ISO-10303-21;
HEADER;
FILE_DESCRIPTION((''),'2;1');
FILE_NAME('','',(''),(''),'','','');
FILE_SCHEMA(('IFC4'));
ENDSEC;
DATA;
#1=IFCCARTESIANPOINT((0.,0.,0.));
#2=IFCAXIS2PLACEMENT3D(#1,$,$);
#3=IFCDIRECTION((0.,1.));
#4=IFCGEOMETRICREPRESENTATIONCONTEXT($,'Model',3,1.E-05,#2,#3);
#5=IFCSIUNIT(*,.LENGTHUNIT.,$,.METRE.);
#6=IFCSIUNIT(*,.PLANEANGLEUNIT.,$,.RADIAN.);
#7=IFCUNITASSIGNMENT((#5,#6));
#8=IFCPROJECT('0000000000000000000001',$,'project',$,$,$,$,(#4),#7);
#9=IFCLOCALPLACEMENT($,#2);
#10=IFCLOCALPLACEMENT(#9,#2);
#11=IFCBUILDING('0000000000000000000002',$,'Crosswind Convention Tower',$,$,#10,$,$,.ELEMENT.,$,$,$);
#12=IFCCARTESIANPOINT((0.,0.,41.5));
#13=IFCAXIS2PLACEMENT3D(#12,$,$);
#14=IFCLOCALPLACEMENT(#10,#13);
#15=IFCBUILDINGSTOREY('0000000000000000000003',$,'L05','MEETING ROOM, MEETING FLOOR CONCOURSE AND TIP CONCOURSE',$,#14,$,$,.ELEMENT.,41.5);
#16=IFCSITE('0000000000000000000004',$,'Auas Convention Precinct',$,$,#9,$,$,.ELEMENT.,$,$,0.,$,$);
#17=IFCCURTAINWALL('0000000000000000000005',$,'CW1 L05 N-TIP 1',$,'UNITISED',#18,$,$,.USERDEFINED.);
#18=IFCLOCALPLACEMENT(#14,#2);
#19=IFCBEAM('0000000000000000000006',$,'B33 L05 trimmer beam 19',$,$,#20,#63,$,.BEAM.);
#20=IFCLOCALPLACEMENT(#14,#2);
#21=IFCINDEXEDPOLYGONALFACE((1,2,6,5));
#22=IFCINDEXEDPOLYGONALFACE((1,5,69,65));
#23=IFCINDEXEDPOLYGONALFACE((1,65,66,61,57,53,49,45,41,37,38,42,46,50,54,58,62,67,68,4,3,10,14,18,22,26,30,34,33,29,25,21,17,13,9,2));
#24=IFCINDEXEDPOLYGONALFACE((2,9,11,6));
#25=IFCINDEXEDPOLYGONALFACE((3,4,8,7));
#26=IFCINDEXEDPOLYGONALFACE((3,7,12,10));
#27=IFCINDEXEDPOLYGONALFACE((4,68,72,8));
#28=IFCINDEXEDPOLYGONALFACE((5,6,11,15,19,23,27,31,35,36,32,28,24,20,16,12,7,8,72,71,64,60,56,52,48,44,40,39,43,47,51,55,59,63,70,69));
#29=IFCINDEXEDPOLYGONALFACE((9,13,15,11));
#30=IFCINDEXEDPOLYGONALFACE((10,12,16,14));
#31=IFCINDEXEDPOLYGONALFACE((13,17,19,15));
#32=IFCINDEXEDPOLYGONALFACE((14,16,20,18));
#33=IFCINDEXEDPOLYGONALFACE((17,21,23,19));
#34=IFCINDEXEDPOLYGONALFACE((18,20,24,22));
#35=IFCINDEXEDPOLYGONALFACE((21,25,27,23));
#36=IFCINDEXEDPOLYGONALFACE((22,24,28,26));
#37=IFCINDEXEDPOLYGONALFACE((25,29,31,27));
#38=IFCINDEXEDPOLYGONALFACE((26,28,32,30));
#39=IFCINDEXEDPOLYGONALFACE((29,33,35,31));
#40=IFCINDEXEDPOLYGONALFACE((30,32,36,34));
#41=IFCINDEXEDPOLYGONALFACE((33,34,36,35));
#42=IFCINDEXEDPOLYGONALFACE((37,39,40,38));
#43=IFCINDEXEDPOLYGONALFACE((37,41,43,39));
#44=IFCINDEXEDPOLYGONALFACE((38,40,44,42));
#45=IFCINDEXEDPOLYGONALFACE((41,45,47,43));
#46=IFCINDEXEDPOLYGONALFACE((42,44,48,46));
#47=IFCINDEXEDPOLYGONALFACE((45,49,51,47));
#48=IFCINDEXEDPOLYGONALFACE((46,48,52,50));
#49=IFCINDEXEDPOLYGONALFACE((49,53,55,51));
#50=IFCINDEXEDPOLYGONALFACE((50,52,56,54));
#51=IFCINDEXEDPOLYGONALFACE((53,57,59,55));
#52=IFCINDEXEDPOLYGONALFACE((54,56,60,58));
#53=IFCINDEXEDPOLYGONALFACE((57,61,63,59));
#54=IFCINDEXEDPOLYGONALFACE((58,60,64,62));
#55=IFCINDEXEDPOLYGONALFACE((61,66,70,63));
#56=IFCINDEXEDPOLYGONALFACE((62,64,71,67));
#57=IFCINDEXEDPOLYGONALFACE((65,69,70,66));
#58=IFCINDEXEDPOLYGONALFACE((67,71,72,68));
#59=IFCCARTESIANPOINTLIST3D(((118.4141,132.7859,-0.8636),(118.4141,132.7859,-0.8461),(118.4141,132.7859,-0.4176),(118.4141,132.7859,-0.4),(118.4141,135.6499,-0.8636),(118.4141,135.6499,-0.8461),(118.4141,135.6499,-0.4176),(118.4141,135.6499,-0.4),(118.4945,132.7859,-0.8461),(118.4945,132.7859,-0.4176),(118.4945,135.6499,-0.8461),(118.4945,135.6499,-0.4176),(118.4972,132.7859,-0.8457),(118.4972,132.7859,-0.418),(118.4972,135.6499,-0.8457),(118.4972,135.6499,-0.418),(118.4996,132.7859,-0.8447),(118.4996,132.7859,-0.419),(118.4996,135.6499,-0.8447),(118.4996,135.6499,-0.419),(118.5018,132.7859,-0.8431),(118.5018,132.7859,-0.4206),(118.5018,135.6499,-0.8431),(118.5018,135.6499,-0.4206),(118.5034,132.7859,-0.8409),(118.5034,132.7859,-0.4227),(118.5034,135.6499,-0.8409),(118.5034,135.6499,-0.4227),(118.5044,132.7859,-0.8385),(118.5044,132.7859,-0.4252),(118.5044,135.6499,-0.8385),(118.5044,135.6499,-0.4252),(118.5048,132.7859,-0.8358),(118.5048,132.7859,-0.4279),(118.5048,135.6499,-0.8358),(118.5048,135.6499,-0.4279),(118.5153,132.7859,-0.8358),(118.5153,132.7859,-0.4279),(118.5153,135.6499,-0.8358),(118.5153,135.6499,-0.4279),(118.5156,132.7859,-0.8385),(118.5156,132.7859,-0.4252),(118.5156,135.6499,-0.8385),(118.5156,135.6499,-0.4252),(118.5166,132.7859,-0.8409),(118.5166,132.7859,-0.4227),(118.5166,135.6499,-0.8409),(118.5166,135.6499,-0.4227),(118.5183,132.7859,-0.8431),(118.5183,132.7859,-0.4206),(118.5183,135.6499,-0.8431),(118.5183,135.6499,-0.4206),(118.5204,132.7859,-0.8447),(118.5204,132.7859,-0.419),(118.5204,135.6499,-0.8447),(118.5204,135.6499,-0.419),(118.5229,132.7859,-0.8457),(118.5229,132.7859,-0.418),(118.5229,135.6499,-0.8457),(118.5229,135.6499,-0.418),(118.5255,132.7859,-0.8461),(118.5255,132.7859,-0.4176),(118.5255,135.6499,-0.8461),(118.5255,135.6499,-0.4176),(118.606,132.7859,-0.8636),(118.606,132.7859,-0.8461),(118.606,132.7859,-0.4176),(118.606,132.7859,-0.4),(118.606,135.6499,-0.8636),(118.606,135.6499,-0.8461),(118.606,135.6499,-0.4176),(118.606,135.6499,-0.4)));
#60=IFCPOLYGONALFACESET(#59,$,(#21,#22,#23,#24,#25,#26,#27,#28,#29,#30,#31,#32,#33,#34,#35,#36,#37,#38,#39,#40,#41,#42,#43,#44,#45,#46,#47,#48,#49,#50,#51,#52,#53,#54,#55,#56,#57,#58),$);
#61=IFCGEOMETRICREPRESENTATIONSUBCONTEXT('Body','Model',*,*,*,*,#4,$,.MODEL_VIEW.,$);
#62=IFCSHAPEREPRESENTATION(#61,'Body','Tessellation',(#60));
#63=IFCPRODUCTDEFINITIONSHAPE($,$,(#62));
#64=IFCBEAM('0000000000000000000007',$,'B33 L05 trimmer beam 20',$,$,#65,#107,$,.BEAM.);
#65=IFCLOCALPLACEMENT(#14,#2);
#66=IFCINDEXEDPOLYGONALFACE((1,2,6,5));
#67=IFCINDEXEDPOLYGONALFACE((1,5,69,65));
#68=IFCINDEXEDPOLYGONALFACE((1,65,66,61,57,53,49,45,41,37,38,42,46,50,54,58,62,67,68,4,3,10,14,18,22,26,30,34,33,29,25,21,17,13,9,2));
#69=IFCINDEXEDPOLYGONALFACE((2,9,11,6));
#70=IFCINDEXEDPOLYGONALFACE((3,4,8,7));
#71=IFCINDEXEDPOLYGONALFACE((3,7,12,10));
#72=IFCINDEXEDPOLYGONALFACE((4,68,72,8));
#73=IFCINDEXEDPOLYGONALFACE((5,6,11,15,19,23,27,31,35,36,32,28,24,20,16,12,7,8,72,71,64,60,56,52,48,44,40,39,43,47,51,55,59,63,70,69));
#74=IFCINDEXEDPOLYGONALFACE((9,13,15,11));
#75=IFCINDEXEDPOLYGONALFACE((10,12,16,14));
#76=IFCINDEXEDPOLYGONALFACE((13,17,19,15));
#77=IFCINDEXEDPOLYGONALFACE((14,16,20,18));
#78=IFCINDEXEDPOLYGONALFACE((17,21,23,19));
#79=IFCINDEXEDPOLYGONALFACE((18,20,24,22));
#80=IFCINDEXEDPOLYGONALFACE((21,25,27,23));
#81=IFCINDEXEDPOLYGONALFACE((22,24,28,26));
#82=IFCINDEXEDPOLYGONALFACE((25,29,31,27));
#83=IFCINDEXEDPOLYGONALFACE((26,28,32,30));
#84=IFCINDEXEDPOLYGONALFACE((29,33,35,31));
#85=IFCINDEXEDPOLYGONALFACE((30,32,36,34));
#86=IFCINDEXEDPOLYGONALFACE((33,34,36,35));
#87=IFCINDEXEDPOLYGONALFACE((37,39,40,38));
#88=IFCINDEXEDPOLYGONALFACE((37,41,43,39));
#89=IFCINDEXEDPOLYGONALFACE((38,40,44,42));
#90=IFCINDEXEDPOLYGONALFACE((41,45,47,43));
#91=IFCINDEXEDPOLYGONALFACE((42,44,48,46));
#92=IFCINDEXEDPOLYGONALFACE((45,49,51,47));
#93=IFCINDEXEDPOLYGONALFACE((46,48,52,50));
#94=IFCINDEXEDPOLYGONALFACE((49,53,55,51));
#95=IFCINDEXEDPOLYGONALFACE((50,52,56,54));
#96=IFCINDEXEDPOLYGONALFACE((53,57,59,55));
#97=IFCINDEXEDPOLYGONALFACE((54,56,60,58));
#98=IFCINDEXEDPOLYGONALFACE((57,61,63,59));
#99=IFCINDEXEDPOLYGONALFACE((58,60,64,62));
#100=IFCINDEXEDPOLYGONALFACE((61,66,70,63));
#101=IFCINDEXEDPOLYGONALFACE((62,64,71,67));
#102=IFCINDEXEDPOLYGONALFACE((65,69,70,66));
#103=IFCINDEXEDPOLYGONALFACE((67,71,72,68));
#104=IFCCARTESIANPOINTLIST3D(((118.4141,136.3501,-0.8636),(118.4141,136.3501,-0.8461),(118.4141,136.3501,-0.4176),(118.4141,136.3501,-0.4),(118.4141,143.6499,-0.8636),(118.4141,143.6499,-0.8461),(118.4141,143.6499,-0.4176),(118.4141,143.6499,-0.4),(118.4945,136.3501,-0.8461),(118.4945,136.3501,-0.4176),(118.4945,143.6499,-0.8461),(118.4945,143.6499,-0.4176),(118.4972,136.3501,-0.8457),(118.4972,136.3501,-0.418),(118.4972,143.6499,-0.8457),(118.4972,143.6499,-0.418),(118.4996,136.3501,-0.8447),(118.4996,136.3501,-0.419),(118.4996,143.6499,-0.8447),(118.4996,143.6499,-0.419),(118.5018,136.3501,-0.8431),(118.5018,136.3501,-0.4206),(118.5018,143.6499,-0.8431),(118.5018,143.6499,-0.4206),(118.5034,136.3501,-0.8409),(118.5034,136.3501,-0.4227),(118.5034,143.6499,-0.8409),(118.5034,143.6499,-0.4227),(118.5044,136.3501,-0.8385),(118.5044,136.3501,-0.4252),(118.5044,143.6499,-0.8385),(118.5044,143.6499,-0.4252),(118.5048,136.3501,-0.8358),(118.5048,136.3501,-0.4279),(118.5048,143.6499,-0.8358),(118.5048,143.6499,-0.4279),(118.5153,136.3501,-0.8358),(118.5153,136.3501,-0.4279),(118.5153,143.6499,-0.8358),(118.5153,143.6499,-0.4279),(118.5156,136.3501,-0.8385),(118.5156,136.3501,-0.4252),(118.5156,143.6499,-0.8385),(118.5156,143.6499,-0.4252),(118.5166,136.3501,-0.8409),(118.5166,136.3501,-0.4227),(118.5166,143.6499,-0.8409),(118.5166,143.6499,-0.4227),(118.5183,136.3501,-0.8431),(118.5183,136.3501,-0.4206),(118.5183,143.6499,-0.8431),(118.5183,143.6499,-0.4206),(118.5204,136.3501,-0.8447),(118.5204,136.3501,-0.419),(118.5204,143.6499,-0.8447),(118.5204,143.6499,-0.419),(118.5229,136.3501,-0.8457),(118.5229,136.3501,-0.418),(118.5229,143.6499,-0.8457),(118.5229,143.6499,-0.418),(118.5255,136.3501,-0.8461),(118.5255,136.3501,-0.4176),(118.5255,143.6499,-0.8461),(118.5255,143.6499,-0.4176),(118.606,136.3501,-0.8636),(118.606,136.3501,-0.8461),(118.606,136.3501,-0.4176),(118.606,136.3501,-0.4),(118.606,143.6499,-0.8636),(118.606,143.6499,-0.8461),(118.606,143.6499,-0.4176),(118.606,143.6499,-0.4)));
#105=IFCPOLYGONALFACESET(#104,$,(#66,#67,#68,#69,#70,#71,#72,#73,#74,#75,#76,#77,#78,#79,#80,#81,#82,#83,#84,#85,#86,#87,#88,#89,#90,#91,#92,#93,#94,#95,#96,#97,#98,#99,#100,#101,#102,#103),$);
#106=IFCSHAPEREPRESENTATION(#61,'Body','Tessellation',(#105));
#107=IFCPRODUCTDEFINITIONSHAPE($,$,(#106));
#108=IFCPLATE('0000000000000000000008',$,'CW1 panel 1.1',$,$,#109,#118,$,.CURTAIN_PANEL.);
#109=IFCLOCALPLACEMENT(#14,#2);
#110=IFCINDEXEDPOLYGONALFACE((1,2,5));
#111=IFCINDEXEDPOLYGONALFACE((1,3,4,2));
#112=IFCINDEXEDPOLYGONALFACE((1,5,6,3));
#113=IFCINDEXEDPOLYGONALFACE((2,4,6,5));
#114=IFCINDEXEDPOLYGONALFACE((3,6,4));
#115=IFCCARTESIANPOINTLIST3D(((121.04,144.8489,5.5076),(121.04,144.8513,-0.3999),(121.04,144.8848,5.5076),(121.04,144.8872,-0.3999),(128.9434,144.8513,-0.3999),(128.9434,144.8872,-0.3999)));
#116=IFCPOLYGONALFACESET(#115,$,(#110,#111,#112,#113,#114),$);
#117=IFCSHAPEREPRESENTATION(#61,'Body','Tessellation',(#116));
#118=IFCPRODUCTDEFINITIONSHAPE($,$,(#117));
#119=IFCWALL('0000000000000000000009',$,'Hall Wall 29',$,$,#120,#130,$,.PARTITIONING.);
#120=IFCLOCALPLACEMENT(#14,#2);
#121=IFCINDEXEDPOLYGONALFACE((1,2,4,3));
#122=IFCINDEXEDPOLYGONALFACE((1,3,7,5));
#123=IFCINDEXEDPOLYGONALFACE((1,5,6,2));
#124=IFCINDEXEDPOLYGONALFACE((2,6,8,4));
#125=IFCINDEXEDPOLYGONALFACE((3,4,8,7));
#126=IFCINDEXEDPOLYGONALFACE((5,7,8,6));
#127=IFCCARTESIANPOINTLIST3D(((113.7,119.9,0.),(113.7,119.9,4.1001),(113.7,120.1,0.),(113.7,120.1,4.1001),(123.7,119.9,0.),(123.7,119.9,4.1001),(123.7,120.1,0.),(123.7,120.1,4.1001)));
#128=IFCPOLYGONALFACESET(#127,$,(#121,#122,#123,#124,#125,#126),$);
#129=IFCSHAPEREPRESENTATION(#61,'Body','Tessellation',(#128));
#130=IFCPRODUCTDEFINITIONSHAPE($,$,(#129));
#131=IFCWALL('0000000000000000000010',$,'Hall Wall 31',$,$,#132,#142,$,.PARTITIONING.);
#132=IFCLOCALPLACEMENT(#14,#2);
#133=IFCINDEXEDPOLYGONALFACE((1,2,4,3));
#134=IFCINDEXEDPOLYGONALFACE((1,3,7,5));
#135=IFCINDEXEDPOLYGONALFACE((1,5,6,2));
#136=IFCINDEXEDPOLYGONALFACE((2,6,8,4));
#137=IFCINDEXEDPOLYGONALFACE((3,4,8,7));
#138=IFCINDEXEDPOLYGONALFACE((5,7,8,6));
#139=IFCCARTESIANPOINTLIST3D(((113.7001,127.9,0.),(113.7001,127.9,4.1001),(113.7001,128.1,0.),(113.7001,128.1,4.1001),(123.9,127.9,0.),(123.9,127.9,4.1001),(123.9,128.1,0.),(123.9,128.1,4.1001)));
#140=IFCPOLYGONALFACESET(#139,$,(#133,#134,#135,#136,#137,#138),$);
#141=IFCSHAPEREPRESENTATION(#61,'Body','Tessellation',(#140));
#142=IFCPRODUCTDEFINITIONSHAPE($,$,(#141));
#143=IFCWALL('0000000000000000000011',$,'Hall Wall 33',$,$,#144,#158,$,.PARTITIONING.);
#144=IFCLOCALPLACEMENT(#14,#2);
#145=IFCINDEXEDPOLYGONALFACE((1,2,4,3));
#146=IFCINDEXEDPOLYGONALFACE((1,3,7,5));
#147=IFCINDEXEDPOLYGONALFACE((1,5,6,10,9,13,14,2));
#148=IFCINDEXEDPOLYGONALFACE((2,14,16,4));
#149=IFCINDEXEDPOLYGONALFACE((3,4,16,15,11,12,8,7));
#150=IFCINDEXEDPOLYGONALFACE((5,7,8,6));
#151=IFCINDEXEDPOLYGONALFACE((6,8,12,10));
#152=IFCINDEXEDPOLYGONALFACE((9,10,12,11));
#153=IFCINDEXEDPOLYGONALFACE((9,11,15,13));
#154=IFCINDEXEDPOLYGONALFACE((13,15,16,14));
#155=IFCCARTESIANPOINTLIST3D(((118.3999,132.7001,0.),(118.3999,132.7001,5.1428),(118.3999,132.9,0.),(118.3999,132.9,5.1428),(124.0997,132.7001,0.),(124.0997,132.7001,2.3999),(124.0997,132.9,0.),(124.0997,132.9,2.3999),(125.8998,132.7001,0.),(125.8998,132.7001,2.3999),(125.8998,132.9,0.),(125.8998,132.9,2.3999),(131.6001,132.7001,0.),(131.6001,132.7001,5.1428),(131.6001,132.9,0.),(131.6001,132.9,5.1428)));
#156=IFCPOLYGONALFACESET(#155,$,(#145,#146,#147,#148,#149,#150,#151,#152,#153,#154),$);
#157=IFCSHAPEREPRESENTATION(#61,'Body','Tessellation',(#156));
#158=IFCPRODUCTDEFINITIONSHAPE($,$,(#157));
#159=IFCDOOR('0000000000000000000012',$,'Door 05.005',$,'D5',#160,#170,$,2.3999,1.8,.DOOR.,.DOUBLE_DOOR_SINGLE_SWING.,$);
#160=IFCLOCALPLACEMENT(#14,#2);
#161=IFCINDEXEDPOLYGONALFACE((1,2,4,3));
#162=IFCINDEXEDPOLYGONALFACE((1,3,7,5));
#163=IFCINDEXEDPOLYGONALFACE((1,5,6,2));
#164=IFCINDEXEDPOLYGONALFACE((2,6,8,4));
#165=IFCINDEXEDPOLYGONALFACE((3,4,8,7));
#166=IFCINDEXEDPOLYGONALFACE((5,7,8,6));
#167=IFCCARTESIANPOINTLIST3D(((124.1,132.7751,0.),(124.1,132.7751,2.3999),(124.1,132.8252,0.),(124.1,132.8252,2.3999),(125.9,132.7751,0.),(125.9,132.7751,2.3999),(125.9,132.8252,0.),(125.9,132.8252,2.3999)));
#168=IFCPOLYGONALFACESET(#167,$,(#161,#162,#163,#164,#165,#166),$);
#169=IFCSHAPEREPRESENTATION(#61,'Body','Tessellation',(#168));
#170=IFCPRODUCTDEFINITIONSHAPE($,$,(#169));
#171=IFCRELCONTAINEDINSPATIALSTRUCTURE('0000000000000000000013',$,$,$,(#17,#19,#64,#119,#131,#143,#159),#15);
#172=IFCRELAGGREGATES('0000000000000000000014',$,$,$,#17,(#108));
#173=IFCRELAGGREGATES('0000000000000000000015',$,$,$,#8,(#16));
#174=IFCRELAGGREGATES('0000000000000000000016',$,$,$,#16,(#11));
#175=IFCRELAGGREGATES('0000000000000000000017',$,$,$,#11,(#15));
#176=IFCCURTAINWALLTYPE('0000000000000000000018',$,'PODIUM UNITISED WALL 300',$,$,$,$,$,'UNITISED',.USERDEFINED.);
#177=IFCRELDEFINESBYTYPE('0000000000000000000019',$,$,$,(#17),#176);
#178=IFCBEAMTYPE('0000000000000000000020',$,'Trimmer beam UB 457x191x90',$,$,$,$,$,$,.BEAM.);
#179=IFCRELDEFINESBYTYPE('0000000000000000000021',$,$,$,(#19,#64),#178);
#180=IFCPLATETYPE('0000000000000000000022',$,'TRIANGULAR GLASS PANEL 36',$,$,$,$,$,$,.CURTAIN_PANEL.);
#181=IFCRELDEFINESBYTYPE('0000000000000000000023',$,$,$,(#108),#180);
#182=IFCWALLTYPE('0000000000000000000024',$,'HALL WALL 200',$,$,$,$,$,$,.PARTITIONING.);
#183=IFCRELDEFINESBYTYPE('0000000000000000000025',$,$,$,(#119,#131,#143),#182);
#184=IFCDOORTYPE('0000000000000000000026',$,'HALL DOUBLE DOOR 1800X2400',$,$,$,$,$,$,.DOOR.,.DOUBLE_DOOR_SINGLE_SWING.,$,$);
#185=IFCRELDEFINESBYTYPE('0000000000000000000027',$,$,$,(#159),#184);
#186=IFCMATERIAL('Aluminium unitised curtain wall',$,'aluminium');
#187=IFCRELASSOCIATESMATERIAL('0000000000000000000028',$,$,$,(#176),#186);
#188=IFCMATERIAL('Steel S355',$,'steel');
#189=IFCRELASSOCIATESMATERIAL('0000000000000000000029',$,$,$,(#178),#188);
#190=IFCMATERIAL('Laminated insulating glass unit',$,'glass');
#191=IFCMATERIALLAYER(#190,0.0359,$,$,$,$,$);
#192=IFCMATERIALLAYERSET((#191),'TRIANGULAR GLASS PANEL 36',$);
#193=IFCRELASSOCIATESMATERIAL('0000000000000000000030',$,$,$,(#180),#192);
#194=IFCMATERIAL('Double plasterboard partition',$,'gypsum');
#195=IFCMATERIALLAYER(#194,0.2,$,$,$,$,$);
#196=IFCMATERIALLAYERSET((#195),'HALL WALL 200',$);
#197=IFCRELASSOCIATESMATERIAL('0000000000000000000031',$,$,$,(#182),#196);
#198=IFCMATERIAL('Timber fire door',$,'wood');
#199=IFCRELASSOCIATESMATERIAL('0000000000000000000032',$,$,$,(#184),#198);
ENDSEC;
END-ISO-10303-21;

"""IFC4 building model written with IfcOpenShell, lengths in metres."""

from ifc_helpers import new_model, si_unit, direction, frame, frame_2d, origin, origin_2d, place, context, subcontext, project, spatial, polyline, rectangle, i_section, outline, extrude, material, layer, layer_set, material_profile, profile_set, type_object, element, fill, aggregate, save


model = new_model("IFC4")

# Units and contexts
model_context = context("Model", 3, precision=1e-05, world=origin(), true_north=direction((0.0, 1.0)))
body_context = subcontext(model_context, "Body", "Model", "MODEL_VIEW")
ifc_project = project(units=[si_unit("LENGTHUNIT", "METRE"), si_unit("PLANEANGLEUNIT", "RADIAN")], contexts=[model_context])

# Site, building, storey
site_placement = place(None, origin())
site = spatial("IfcSite", under=ifc_project, at=site_placement, Name="Auas Convention Precinct", CompositionType="ELEMENT", RefElevation=0.0)
building_placement = place(site_placement, origin())
building = spatial("IfcBuilding", under=site, at=building_placement, Name="Crosswind Convention Tower", CompositionType="ELEMENT")
storey_placement = place(building_placement, frame((0.0, 0.0, 41.5)))
storey = spatial("IfcBuildingStorey", under=building, at=storey_placement, Name="L05", Description="MEETING ROOM, MEETING FLOOR CONCOURSE AND TIP CONCOURSE", CompositionType="ELEMENT", Elevation=41.5)

# Shared definitions
ifc_material_1 = material(Name="Steel S355", Category="steel")

# Curtain wall
ifc_material_2 = material(Name="Aluminium unitised curtain wall", Category="aluminium")
curtain_wall_type = type_object("IfcCurtainWallType", Name="PODIUM UNITISED WALL 300", ElementType="UNITISED", PredefinedType="USERDEFINED", material=ifc_material_2)
curtain_wall_placement = place(storey_placement, origin())
curtain_wall = element("IfcCurtainWall", 1, at=curtain_wall_placement, inside=storey, type_object=curtain_wall_type, Name="CW1 L05 N-TIP 1", ObjectType="UNITISED", PredefinedType="USERDEFINED")

# Beams
ifc_material_profile_1 = material_profile(ifc_material_1, i_section(OverallWidth=0.1919, OverallDepth=0.4636, WebThickness=0.0105, FlangeThickness=0.0176, FilletRadius=0.0103, at=origin_2d()), Name="UB 457x191x90")
ifc_profile_set_1 = profile_set([ifc_material_profile_1], Name="Steel S355")
beam_type_1 = type_object("IfcBeamType", Name="Trimmer beam UB 457x191x90", PredefinedType="BEAM", material=ifc_profile_set_1)
beam_1_placement = place(storey_placement, frame((118.51, 132.7859, -0.6318), z_axis=(0.0, 1.0, 0.0), x_axis=(-1.0, 0.0, 0.0)))
element("IfcBeam", 2, at=beam_1_placement, inside=storey, type_object=beam_type_1, Name="B33 L05 trimmer beam 19", PredefinedType="BEAM", context=body_context, shape_type="SweptSolid", body=[
    extrude(i_section(OverallWidth=0.1919, OverallDepth=0.4636, WebThickness=0.0105, FlangeThickness=0.0176, FilletRadius=0.0103, at=origin_2d()), origin(), (0.0, 0.0, 1.0), 2.864),
])
beam_2_placement = place(storey_placement, frame((118.51, 136.3501, -0.6318), z_axis=(0.0, 1.0, 0.0), x_axis=(-1.0, 0.0, 0.0)))
element("IfcBeam", 3, at=beam_2_placement, inside=storey, type_object=beam_type_1, Name="B33 L05 trimmer beam 20", PredefinedType="BEAM", context=body_context, shape_type="SweptSolid", body=[
    extrude(i_section(OverallWidth=0.1919, OverallDepth=0.4636, WebThickness=0.0105, FlangeThickness=0.0176, FilletRadius=0.0103, at=origin_2d()), origin(), (0.0, 0.0, 1.0), 7.2998),
])

# Plate
ifc_material_3 = material(Name="Laminated insulating glass unit", Category="glass")
ifc_layer_1 = layer(ifc_material_3, 0.0359)
ifc_layer_set_1 = layer_set([ifc_layer_1], Name="TRIANGULAR GLASS PANEL 36")
plate_type = type_object("IfcPlateType", Name="TRIANGULAR GLASS PANEL 36", PredefinedType="CURTAIN_PANEL", material=ifc_layer_set_1)
plate_placement = place(storey_placement, frame((121.04, 144.8872, -0.3999), z_axis=(0.0, 1.0, 0.000413), x_axis=(0.0, -0.000413, 1.0)))
plate = element("IfcPlate", 4, at=plate_placement, type_object=plate_type, Name="CW1 panel 1.1", PredefinedType="CURTAIN_PANEL", context=body_context, shape_type="SweptSolid", body=[
    extrude(outline(polyline([(0.0, 0.0), (5.9075, 0.0), (0.0, 7.9033), (0.0, 0.0)])), origin(), (0.0, 0.0, -1.0), 0.0359),
])
aggregate(curtain_wall, [plate])

# Walls
ifc_material_4 = material(Name="Double plasterboard partition", Category="gypsum")
ifc_layer_2 = layer(ifc_material_4, 0.2)
ifc_layer_set_2 = layer_set([ifc_layer_2], Name="HALL WALL 200")
wall_type_1 = type_object("IfcWallType", Name="HALL WALL 200", PredefinedType="PARTITIONING", material=ifc_layer_set_2)
wall_1_placement = place(storey_placement, frame((113.7, 120.0, 0.0), z_axis=(0.0, 0.0, 1.0), x_axis=(1.0, 0.0, 0.0)))
element("IfcWall", 5, at=wall_1_placement, inside=storey, type_object=wall_type_1, Name="Hall Wall 29", PredefinedType="PARTITIONING", context=body_context, shape_type="SweptSolid", body=[
    extrude(rectangle(XDim=10.0, YDim=0.2, at=frame_2d((5.0, 0.0))), origin(), (0.0, 0.0, 1.0), 4.1001),
])
wall_2_placement = place(storey_placement, frame((113.7, 128.0, 0.0), z_axis=(0.0, 0.0, 1.0), x_axis=(1.0, 0.0, 0.0)))
element("IfcWall", 6, at=wall_2_placement, inside=storey, type_object=wall_type_1, Name="Hall Wall 31", PredefinedType="PARTITIONING", context=body_context, shape_type="SweptSolid", body=[
    extrude(rectangle(XDim=10.2, YDim=0.2, at=frame_2d((5.1001, 0.0))), origin(), (0.0, 0.0, 1.0), 4.1001),
])

# Wall, opening, door
wall_3_placement = place(storey_placement, frame((118.3999, 132.8, 0.0), z_axis=(0.0, 0.0, 1.0), x_axis=(1.0, 0.0, 0.0)))
wall_3 = element("IfcWall", 7, at=wall_3_placement, inside=storey, type_object=wall_type_1, Name="Hall Wall 33", PredefinedType="PARTITIONING", context=body_context, shape_type="SweptSolid", body=[
    extrude(rectangle(XDim=13.2002, YDim=0.2, at=frame_2d((6.6001, 0.0))), origin(), (0.0, 0.0, 1.0), 5.1428),
])
opening_1_placement = place(wall_3_placement, frame((5.7, 0.0, 0.0)))
opening_1 = element("IfcOpeningElement", 8, at=opening_1_placement, cuts=wall_3, PredefinedType="OPENING", context=body_context, shape_type="SweptSolid", body=[
    extrude(rectangle(XDim=1.8, YDim=2.3999, at=frame_2d((0.8999, 1.2))), frame((0.0, 0.1099, 0.0), z_axis=(0.0, -1.0, 0.0), x_axis=(1.0, 0.0, 0.0)), (0.0, 0.0, 1.0), 0.22),
])
ifc_material_5 = material(Name="Timber fire door", Category="wood")
door_type_1 = type_object("IfcDoorType", Name="HALL DOUBLE DOOR 1800X2400", OperationType="DOUBLE_DOOR_SINGLE_SWING", PredefinedType="DOOR", material=ifc_material_5)
door_1_placement = place(opening_1_placement, frame((1.8, 0.0, 0.0), z_axis=(0.0, 0.0, 1.0), x_axis=(-1.0, 0.0, 0.0)))
door_1 = element("IfcDoor", 9, at=door_1_placement, inside=storey, type_object=door_type_1, Name="Door 05.005", ObjectType="D5", OperationType="DOUBLE_DOOR_SINGLE_SWING", OverallHeight=2.3999, OverallWidth=1.8, PredefinedType="DOOR", context=body_context, shape_type="SweptSolid", body=[
    extrude(rectangle(XDim=1.8, YDim=2.3999, at=frame_2d((0.8999, 1.2))), frame((0.0, 0.0249, 0.0), z_axis=(0.0, -1.0, 0.0), x_axis=(1.0, 0.0, 0.0)), (0.0, 0.0, 1.0), 0.05),
])
fill(opening_1, door_1)

save(model, "model.ifc")
